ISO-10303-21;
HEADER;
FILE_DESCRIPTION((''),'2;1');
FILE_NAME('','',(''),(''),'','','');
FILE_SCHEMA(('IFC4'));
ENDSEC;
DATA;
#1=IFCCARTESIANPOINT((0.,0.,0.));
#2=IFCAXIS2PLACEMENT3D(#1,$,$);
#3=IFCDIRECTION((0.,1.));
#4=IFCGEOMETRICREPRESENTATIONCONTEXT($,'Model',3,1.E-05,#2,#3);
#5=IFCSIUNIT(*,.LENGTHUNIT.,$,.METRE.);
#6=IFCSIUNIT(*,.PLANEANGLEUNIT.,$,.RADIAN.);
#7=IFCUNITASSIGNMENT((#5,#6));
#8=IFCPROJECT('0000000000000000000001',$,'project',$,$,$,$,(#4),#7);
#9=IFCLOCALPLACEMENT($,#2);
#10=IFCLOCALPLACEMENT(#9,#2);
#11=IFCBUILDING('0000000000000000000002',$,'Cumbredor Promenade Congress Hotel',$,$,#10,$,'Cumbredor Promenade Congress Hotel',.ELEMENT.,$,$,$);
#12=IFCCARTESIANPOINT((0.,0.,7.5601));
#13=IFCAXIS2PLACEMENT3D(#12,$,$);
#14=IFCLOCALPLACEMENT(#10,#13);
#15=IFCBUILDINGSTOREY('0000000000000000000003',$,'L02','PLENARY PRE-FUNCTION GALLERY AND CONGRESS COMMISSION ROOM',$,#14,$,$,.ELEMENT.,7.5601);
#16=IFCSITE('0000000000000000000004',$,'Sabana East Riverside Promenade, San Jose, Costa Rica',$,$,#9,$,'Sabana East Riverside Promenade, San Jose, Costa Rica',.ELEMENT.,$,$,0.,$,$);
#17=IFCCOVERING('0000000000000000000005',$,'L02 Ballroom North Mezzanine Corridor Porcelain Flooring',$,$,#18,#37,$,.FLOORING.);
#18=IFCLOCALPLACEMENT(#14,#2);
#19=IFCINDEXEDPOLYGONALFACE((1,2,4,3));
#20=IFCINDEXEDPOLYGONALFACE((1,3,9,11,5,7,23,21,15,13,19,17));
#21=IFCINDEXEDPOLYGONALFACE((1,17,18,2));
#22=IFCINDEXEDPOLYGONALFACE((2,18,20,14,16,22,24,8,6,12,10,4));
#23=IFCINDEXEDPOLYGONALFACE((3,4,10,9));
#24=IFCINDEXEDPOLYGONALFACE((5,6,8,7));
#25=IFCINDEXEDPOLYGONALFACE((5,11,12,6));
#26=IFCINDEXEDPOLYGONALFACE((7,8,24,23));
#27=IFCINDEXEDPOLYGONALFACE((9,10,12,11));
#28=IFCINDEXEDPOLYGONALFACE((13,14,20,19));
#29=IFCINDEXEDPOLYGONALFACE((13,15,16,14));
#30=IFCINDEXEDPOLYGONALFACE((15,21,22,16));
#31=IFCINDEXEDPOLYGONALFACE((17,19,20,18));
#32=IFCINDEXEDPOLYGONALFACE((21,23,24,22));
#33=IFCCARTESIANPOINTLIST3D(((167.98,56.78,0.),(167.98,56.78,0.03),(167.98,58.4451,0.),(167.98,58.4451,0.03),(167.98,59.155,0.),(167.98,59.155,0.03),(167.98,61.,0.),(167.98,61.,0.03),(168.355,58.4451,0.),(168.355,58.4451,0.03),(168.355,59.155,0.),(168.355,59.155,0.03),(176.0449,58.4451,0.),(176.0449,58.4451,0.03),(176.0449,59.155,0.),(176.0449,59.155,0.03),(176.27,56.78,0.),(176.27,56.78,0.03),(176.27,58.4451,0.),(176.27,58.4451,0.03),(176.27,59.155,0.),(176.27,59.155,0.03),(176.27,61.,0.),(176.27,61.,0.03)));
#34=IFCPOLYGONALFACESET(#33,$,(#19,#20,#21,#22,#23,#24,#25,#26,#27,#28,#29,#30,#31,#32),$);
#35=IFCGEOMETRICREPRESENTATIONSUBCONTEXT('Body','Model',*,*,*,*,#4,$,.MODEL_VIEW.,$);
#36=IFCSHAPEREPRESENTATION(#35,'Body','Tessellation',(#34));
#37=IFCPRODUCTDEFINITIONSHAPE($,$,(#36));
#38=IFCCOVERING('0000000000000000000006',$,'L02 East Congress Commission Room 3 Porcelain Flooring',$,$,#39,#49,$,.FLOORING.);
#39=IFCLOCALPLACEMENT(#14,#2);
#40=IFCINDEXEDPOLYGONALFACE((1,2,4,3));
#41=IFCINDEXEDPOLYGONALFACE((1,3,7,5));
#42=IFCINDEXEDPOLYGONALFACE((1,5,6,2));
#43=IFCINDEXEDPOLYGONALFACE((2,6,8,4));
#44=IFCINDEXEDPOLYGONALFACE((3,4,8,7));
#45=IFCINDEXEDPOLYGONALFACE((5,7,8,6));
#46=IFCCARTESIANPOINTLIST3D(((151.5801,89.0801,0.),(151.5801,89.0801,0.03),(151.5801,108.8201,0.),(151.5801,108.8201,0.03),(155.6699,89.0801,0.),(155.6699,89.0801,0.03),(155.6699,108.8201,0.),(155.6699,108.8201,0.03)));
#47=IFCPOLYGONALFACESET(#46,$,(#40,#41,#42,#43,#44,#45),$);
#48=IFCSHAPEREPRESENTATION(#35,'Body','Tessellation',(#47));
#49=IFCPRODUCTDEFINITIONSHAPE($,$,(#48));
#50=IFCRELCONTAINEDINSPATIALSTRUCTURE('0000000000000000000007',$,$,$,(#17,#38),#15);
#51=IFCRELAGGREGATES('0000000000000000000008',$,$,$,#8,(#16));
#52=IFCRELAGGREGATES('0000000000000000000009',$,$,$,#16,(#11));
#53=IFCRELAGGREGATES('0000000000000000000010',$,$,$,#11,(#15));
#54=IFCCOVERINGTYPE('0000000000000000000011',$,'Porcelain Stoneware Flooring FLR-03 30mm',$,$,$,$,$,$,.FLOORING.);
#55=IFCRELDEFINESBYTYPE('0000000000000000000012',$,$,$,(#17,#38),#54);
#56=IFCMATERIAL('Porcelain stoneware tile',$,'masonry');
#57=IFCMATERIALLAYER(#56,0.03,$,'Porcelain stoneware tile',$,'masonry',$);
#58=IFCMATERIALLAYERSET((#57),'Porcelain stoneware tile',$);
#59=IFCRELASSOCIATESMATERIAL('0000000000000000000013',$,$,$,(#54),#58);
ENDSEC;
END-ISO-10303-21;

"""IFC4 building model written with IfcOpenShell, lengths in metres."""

from ifc_helpers import new_model, si_unit, direction, frame, origin, place, context, subcontext, project, spatial, polyline, outline, extrude, material, layer, layer_set, type_object, element, save


model = new_model("IFC4")

# Units and contexts
model_context = context("Model", 3, precision=1e-05, world=origin(), true_north=direction((0.0, 1.0)))
body_context = subcontext(model_context, "Body", "Model", "MODEL_VIEW")
ifc_project = project(units=[si_unit("LENGTHUNIT", "METRE"), si_unit("PLANEANGLEUNIT", "RADIAN")], contexts=[model_context])

# Site, building, storey
site_placement = place(None, origin())
site = spatial("IfcSite", under=ifc_project, at=site_placement, Name="Sabana East Riverside Promenade, San Jose, Costa Rica", LongName="Sabana East Riverside Promenade, San Jose, Costa Rica", CompositionType="ELEMENT", RefElevation=0.0)
building_placement = place(site_placement, origin())
building = spatial("IfcBuilding", under=site, at=building_placement, Name="Cumbredor Promenade Congress Hotel", LongName="Cumbredor Promenade Congress Hotel", CompositionType="ELEMENT")
storey_placement = place(building_placement, frame((0.0, 0.0, 7.5601)))
storey = spatial("IfcBuildingStorey", under=building, at=storey_placement, Name="L02", Description="PLENARY PRE-FUNCTION GALLERY AND CONGRESS COMMISSION ROOM", CompositionType="ELEMENT", Elevation=7.5601)

# Coverings
ifc_material_1 = material(Name="Porcelain stoneware tile", Category="masonry")
ifc_layer_1 = layer(ifc_material_1, 0.03, Name="Porcelain stoneware tile", Category="masonry")
ifc_layer_set_1 = layer_set([ifc_layer_1], Name="Porcelain stoneware tile")
covering_type_1 = type_object("IfcCoveringType", Name="Porcelain Stoneware Flooring FLR-03 30mm", PredefinedType="FLOORING", material=ifc_layer_set_1)
covering_1_placement = place(storey_placement, origin())
element("IfcCovering", 1, at=covering_1_placement, inside=storey, type_object=covering_type_1, Name="L02 Ballroom North Mezzanine Corridor Porcelain Flooring", PredefinedType="FLOORING", context=body_context, shape_type="SweptSolid", body=[
    extrude(outline(polyline([(176.27, 59.155), (176.0449, 59.155), (176.0449, 58.4451), (176.27, 58.4451), (176.27, 56.78), (167.98, 56.78), (167.98, 58.4451), (168.355, 58.4451), (168.355, 59.155), (167.98, 59.155), (167.98, 61.0), (176.27, 61.0), (176.27, 59.155)])), origin(), (0.0, 0.0, 1.0), 0.03),
])
covering_2_placement = place(storey_placement, origin())
element("IfcCovering", 2, at=covering_2_placement, inside=storey, type_object=covering_type_1, Name="L02 East Congress Commission Room 3 Porcelain Flooring", PredefinedType="FLOORING", context=body_context, shape_type="SweptSolid", body=[
    extrude(outline(polyline([(151.5801, 108.8201), (155.6699, 108.8201), (155.6699, 89.0801), (151.5801, 89.0801), (151.5801, 108.8201)])), origin(), (0.0, 0.0, 1.0), 0.03),
])

save(model, "model.ifc")
